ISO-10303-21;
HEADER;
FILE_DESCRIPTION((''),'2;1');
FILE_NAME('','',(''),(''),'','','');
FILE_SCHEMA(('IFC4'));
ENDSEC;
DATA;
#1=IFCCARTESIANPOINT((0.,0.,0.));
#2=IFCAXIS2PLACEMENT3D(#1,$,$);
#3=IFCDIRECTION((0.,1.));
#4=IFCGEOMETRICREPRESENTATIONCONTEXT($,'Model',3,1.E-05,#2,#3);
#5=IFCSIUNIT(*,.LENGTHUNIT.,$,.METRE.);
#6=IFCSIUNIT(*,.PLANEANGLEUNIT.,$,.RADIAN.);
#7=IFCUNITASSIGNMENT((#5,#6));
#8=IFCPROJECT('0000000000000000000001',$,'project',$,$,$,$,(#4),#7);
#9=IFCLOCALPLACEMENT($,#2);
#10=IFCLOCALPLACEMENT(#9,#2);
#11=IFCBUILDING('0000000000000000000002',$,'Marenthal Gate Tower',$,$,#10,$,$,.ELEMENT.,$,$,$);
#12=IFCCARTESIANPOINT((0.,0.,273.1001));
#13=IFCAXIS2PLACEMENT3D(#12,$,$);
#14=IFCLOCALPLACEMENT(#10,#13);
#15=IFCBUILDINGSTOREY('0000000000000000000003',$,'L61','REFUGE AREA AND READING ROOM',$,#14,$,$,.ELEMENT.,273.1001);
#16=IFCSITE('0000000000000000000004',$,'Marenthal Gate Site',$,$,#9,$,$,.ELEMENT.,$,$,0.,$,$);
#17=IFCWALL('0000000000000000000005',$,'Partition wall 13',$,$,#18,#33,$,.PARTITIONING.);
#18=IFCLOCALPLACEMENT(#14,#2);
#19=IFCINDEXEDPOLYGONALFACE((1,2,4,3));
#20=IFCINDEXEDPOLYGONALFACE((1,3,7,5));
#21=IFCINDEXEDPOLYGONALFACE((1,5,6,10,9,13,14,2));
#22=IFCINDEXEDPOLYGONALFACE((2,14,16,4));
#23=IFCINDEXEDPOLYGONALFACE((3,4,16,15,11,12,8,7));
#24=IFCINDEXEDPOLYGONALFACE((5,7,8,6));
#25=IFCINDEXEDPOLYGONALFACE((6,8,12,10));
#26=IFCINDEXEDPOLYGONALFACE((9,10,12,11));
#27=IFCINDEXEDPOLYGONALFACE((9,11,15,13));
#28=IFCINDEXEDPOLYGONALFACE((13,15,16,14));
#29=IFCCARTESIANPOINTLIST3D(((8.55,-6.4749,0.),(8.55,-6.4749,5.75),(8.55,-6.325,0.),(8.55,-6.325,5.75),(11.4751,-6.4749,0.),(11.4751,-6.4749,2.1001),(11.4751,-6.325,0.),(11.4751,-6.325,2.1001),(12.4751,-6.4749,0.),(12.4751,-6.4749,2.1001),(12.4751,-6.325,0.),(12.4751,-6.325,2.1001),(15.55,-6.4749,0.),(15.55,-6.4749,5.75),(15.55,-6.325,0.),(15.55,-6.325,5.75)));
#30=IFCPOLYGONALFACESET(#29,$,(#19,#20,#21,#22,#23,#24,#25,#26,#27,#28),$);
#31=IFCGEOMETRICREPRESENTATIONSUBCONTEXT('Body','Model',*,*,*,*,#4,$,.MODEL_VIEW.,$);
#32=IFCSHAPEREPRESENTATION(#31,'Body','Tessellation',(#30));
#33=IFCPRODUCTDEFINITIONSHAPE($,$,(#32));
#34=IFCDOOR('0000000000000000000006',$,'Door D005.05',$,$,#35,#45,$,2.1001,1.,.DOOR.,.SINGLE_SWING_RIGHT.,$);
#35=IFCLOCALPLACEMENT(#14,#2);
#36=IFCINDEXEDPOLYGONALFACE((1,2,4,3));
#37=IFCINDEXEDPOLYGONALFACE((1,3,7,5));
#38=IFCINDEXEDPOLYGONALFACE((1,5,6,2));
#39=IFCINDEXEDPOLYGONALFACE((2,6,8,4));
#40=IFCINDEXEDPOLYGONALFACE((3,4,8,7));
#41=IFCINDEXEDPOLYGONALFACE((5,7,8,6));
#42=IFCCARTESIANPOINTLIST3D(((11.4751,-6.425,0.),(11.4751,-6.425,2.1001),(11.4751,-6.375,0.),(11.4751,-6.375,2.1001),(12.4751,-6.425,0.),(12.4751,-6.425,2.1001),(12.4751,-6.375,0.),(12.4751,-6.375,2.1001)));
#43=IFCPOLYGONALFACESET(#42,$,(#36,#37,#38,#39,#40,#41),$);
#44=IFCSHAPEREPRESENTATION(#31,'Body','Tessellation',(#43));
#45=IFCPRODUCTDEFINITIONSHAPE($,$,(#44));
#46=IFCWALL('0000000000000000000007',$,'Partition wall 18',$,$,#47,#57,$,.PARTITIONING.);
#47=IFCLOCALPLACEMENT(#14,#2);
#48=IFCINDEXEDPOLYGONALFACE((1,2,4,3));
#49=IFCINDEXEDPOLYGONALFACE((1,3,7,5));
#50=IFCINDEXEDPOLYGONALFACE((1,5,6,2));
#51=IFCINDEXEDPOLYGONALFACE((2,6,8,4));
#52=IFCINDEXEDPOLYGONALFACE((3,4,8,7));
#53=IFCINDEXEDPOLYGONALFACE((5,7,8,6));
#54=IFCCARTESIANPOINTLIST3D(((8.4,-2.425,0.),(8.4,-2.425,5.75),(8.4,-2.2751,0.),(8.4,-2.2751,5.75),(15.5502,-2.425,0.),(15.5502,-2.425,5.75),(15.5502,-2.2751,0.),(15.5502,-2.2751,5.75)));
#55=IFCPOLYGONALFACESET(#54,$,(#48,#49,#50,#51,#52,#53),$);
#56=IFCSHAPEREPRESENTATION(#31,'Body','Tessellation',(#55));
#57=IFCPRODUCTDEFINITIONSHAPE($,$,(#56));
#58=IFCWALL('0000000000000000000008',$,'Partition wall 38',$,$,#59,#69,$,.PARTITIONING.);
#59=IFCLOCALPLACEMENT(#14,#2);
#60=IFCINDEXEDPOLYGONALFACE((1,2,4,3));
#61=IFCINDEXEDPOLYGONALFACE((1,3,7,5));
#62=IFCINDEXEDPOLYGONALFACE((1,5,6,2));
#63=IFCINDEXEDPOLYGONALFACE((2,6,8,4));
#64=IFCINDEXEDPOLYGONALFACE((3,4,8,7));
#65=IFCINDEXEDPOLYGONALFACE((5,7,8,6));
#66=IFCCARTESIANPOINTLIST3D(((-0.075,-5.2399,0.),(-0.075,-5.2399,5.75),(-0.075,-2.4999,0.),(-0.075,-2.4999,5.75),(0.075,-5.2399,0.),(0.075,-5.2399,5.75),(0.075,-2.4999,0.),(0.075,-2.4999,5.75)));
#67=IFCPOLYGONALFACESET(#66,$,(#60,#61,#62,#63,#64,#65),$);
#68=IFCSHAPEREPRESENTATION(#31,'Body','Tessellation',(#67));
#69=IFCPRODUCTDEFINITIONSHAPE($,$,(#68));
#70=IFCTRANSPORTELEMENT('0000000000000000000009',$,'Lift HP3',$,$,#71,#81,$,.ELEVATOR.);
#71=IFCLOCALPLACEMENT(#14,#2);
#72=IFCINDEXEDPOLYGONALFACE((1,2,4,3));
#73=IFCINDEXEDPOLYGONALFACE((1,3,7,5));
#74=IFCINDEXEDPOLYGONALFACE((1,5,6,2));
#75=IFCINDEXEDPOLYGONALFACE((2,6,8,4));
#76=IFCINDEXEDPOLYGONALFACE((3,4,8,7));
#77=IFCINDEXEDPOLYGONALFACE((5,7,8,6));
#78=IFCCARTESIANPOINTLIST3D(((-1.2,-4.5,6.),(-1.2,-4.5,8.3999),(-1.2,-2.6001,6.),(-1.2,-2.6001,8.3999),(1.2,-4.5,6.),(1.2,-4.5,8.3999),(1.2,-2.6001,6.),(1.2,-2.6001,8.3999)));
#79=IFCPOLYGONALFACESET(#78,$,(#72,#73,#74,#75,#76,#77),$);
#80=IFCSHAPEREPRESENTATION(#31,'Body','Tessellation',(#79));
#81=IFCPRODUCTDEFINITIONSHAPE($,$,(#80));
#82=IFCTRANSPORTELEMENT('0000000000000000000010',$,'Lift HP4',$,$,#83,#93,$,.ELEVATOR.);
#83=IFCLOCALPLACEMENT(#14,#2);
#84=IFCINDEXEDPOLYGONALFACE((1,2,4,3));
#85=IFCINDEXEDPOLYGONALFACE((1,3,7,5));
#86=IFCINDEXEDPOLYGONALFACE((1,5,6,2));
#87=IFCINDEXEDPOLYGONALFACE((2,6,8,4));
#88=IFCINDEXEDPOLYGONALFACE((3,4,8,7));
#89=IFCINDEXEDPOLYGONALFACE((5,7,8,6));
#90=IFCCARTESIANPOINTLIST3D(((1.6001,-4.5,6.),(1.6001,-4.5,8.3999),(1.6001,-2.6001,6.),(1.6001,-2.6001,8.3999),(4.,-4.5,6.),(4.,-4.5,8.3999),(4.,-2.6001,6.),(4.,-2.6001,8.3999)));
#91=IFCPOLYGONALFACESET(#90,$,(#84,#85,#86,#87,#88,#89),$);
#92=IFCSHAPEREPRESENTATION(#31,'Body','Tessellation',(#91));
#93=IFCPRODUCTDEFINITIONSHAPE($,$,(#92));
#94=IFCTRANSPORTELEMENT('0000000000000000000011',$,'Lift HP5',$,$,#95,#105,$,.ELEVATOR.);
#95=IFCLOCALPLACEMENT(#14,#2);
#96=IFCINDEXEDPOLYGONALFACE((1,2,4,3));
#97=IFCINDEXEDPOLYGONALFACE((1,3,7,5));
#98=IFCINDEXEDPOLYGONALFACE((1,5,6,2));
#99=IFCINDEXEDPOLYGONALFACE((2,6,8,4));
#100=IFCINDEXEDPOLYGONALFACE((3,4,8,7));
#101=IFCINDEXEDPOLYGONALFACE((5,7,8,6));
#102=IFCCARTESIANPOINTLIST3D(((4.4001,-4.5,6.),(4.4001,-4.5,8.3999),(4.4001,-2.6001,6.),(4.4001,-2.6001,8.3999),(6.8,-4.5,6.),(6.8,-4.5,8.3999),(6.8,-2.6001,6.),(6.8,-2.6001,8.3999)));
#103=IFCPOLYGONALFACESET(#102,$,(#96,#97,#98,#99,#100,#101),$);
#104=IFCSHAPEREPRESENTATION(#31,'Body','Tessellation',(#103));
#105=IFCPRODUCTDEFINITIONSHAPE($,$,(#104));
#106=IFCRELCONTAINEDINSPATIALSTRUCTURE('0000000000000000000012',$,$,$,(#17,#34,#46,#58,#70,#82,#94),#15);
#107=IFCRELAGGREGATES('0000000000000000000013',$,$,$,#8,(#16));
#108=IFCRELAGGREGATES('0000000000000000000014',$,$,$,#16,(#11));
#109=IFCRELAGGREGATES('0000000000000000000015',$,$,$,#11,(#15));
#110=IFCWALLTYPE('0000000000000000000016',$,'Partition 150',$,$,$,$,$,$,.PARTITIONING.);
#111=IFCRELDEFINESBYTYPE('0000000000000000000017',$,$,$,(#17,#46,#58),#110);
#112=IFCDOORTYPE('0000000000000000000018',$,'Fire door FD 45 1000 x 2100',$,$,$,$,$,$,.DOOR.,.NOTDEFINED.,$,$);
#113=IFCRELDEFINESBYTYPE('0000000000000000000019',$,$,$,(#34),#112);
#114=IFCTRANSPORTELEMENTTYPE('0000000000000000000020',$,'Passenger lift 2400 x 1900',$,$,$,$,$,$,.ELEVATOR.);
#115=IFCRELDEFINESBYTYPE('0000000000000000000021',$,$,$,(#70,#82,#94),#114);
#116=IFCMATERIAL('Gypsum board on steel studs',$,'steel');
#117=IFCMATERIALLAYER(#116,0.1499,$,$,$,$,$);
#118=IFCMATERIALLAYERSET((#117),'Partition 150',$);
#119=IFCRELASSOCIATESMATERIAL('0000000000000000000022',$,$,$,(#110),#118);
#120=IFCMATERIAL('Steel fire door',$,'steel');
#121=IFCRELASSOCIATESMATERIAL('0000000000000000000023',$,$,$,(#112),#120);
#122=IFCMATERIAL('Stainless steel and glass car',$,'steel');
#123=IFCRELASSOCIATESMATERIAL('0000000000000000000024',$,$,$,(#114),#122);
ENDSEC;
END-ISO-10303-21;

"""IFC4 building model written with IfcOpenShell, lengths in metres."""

from ifc_helpers import new_model, si_unit, direction, frame, frame_2d, origin, origin_2d, place, context, subcontext, project, spatial, rectangle, extrude, material, layer, layer_set, type_object, element, fill, save


model = new_model("IFC4")

# Units and contexts
model_context = context("Model", 3, precision=1e-05, world=origin(), true_north=direction((0.0, 1.0)))
body_context = subcontext(model_context, "Body", "Model", "MODEL_VIEW")
ifc_project = project(units=[si_unit("LENGTHUNIT", "METRE"), si_unit("PLANEANGLEUNIT", "RADIAN")], contexts=[model_context])

# Site, building, storey
site_placement = place(None, origin())
site = spatial("IfcSite", under=ifc_project, at=site_placement, Name="Marenthal Gate Site", CompositionType="ELEMENT", RefElevation=0.0)
building_placement = place(site_placement, origin())
building = spatial("IfcBuilding", under=site, at=building_placement, Name="Marenthal Gate Tower", CompositionType="ELEMENT")
storey_placement = place(building_placement, frame((0.0, 0.0, 273.1001)))
storey = spatial("IfcBuildingStorey", under=building, at=storey_placement, Name="L61", Description="REFUGE AREA AND READING ROOM", CompositionType="ELEMENT", Elevation=273.1001)

# Wall, opening, door
ifc_material_1 = material(Name="Gypsum board on steel studs", Category="steel")
ifc_layer_1 = layer(ifc_material_1, 0.1499)
ifc_layer_set_1 = layer_set([ifc_layer_1], Name="Partition 150")
wall_type_1 = type_object("IfcWallType", Name="Partition 150", PredefinedType="PARTITIONING", material=ifc_layer_set_1)
ifc_material_2 = material(Name="Steel fire door", Category="steel")
door_type = type_object("IfcDoorType", Name="Fire door FD 45 1000 x 2100", OperationType="NOTDEFINED", PredefinedType="DOOR", material=ifc_material_2)
wall_1_placement = place(storey_placement, frame((8.55, -6.3999, 0.0), z_axis=(0.0, 0.0, 1.0), x_axis=(1.0, 0.0, 0.0)))
wall_1 = element("IfcWall", 1, at=wall_1_placement, inside=storey, type_object=wall_type_1, Name="Partition wall 13", PredefinedType="PARTITIONING", context=body_context, shape_type="SweptSolid", body=[
    extrude(rectangle(XDim=7.0, YDim=0.1499, at=frame_2d((3.5, 0.0))), origin(), (0.0, 0.0, 1.0), 5.75),
])
opening_1_placement = place(wall_1_placement, frame((2.925, 0.0, 0.0)))
opening_1 = element("IfcOpeningElement", 2, at=opening_1_placement, cuts=wall_1, PredefinedType="OPENING", context=body_context, shape_type="SweptSolid", body=[
    extrude(rectangle(XDim=1.0, YDim=2.1001, at=frame_2d((0.5, 1.05))), frame((0.0, 0.085, 0.0), z_axis=(0.0, -1.0, 0.0), x_axis=(1.0, 0.0, 0.0)), (0.0, 0.0, 1.0), 0.1699),
])
door_1_placement = place(opening_1_placement, origin())
door_1 = element("IfcDoor", 3, at=door_1_placement, inside=storey, type_object=door_type, Name="Door D005.05", OperationType="SINGLE_SWING_RIGHT", OverallHeight=2.1001, OverallWidth=1.0, PredefinedType="DOOR", context=body_context, shape_type="SweptSolid", body=[
    extrude(rectangle(XDim=1.0, YDim=2.1001, at=frame_2d((0.5, 1.05))), frame((0.0, 0.0249, 0.0), z_axis=(0.0, -1.0, 0.0), x_axis=(1.0, 0.0, 0.0)), (0.0, 0.0, 1.0), 0.05),
])
fill(opening_1, door_1)

# Walls
wall_2_placement = place(storey_placement, frame((8.3999, -2.3501, 0.0), z_axis=(0.0, 0.0, 1.0), x_axis=(1.0, 0.0, 0.0)))
element("IfcWall", 4, at=wall_2_placement, inside=storey, type_object=wall_type_1, Name="Partition wall 18", PredefinedType="PARTITIONING", context=body_context, shape_type="SweptSolid", body=[
    extrude(rectangle(XDim=7.1501, YDim=0.1499, at=frame_2d((3.5752, 0.0))), origin(), (0.0, 0.0, 1.0), 5.75),
])
wall_3_placement = place(storey_placement, frame((0.0, -5.24, 0.0), z_axis=(0.0, 0.0, 1.0), x_axis=(0.0, 1.0, 0.0)))
element("IfcWall", 5, at=wall_3_placement, inside=storey, type_object=wall_type_1, Name="Partition wall 38", PredefinedType="PARTITIONING", context=body_context, shape_type="SweptSolid", body=[
    extrude(rectangle(XDim=2.74, YDim=0.1499, at=frame_2d((1.3701, 0.0))), origin(), (0.0, 0.0, 1.0), 5.75),
])

# Transport elements
ifc_material_3 = material(Name="Stainless steel and glass car", Category="steel")
transport_element_type = type_object("IfcTransportElementType", Name="Passenger lift 2400 x 1900", PredefinedType="ELEVATOR", material=ifc_material_3)
for number, where, z_axis, x_axis, name in (
    (6, (0.0, -3.55, 6.0), (0.0, 0.0, 1.0), (1.0, 0.0, 0.0), "Lift HP3"),
    (7, (2.8, -3.55, 6.0), (0.0, 0.0, 1.0), (1.0, 0.0, 0.0), "Lift HP4"),
    (8, (5.6001, -3.55, 6.0), (0.0, 0.0, 1.0), (1.0, 0.0, 0.0), "Lift HP5"),
):
    element("IfcTransportElement", number, at=place(storey_placement, frame(where, z_axis=z_axis, x_axis=x_axis)), inside=storey, type_object=transport_element_type, Name=name, PredefinedType="ELEVATOR", context=body_context, shape_type="SweptSolid", body=[
        extrude(rectangle(XDim=2.3999, YDim=1.8999, at=origin_2d()), origin(), (0.0, 0.0, 1.0), 2.3999),
    ])

save(model, "model.ifc")
